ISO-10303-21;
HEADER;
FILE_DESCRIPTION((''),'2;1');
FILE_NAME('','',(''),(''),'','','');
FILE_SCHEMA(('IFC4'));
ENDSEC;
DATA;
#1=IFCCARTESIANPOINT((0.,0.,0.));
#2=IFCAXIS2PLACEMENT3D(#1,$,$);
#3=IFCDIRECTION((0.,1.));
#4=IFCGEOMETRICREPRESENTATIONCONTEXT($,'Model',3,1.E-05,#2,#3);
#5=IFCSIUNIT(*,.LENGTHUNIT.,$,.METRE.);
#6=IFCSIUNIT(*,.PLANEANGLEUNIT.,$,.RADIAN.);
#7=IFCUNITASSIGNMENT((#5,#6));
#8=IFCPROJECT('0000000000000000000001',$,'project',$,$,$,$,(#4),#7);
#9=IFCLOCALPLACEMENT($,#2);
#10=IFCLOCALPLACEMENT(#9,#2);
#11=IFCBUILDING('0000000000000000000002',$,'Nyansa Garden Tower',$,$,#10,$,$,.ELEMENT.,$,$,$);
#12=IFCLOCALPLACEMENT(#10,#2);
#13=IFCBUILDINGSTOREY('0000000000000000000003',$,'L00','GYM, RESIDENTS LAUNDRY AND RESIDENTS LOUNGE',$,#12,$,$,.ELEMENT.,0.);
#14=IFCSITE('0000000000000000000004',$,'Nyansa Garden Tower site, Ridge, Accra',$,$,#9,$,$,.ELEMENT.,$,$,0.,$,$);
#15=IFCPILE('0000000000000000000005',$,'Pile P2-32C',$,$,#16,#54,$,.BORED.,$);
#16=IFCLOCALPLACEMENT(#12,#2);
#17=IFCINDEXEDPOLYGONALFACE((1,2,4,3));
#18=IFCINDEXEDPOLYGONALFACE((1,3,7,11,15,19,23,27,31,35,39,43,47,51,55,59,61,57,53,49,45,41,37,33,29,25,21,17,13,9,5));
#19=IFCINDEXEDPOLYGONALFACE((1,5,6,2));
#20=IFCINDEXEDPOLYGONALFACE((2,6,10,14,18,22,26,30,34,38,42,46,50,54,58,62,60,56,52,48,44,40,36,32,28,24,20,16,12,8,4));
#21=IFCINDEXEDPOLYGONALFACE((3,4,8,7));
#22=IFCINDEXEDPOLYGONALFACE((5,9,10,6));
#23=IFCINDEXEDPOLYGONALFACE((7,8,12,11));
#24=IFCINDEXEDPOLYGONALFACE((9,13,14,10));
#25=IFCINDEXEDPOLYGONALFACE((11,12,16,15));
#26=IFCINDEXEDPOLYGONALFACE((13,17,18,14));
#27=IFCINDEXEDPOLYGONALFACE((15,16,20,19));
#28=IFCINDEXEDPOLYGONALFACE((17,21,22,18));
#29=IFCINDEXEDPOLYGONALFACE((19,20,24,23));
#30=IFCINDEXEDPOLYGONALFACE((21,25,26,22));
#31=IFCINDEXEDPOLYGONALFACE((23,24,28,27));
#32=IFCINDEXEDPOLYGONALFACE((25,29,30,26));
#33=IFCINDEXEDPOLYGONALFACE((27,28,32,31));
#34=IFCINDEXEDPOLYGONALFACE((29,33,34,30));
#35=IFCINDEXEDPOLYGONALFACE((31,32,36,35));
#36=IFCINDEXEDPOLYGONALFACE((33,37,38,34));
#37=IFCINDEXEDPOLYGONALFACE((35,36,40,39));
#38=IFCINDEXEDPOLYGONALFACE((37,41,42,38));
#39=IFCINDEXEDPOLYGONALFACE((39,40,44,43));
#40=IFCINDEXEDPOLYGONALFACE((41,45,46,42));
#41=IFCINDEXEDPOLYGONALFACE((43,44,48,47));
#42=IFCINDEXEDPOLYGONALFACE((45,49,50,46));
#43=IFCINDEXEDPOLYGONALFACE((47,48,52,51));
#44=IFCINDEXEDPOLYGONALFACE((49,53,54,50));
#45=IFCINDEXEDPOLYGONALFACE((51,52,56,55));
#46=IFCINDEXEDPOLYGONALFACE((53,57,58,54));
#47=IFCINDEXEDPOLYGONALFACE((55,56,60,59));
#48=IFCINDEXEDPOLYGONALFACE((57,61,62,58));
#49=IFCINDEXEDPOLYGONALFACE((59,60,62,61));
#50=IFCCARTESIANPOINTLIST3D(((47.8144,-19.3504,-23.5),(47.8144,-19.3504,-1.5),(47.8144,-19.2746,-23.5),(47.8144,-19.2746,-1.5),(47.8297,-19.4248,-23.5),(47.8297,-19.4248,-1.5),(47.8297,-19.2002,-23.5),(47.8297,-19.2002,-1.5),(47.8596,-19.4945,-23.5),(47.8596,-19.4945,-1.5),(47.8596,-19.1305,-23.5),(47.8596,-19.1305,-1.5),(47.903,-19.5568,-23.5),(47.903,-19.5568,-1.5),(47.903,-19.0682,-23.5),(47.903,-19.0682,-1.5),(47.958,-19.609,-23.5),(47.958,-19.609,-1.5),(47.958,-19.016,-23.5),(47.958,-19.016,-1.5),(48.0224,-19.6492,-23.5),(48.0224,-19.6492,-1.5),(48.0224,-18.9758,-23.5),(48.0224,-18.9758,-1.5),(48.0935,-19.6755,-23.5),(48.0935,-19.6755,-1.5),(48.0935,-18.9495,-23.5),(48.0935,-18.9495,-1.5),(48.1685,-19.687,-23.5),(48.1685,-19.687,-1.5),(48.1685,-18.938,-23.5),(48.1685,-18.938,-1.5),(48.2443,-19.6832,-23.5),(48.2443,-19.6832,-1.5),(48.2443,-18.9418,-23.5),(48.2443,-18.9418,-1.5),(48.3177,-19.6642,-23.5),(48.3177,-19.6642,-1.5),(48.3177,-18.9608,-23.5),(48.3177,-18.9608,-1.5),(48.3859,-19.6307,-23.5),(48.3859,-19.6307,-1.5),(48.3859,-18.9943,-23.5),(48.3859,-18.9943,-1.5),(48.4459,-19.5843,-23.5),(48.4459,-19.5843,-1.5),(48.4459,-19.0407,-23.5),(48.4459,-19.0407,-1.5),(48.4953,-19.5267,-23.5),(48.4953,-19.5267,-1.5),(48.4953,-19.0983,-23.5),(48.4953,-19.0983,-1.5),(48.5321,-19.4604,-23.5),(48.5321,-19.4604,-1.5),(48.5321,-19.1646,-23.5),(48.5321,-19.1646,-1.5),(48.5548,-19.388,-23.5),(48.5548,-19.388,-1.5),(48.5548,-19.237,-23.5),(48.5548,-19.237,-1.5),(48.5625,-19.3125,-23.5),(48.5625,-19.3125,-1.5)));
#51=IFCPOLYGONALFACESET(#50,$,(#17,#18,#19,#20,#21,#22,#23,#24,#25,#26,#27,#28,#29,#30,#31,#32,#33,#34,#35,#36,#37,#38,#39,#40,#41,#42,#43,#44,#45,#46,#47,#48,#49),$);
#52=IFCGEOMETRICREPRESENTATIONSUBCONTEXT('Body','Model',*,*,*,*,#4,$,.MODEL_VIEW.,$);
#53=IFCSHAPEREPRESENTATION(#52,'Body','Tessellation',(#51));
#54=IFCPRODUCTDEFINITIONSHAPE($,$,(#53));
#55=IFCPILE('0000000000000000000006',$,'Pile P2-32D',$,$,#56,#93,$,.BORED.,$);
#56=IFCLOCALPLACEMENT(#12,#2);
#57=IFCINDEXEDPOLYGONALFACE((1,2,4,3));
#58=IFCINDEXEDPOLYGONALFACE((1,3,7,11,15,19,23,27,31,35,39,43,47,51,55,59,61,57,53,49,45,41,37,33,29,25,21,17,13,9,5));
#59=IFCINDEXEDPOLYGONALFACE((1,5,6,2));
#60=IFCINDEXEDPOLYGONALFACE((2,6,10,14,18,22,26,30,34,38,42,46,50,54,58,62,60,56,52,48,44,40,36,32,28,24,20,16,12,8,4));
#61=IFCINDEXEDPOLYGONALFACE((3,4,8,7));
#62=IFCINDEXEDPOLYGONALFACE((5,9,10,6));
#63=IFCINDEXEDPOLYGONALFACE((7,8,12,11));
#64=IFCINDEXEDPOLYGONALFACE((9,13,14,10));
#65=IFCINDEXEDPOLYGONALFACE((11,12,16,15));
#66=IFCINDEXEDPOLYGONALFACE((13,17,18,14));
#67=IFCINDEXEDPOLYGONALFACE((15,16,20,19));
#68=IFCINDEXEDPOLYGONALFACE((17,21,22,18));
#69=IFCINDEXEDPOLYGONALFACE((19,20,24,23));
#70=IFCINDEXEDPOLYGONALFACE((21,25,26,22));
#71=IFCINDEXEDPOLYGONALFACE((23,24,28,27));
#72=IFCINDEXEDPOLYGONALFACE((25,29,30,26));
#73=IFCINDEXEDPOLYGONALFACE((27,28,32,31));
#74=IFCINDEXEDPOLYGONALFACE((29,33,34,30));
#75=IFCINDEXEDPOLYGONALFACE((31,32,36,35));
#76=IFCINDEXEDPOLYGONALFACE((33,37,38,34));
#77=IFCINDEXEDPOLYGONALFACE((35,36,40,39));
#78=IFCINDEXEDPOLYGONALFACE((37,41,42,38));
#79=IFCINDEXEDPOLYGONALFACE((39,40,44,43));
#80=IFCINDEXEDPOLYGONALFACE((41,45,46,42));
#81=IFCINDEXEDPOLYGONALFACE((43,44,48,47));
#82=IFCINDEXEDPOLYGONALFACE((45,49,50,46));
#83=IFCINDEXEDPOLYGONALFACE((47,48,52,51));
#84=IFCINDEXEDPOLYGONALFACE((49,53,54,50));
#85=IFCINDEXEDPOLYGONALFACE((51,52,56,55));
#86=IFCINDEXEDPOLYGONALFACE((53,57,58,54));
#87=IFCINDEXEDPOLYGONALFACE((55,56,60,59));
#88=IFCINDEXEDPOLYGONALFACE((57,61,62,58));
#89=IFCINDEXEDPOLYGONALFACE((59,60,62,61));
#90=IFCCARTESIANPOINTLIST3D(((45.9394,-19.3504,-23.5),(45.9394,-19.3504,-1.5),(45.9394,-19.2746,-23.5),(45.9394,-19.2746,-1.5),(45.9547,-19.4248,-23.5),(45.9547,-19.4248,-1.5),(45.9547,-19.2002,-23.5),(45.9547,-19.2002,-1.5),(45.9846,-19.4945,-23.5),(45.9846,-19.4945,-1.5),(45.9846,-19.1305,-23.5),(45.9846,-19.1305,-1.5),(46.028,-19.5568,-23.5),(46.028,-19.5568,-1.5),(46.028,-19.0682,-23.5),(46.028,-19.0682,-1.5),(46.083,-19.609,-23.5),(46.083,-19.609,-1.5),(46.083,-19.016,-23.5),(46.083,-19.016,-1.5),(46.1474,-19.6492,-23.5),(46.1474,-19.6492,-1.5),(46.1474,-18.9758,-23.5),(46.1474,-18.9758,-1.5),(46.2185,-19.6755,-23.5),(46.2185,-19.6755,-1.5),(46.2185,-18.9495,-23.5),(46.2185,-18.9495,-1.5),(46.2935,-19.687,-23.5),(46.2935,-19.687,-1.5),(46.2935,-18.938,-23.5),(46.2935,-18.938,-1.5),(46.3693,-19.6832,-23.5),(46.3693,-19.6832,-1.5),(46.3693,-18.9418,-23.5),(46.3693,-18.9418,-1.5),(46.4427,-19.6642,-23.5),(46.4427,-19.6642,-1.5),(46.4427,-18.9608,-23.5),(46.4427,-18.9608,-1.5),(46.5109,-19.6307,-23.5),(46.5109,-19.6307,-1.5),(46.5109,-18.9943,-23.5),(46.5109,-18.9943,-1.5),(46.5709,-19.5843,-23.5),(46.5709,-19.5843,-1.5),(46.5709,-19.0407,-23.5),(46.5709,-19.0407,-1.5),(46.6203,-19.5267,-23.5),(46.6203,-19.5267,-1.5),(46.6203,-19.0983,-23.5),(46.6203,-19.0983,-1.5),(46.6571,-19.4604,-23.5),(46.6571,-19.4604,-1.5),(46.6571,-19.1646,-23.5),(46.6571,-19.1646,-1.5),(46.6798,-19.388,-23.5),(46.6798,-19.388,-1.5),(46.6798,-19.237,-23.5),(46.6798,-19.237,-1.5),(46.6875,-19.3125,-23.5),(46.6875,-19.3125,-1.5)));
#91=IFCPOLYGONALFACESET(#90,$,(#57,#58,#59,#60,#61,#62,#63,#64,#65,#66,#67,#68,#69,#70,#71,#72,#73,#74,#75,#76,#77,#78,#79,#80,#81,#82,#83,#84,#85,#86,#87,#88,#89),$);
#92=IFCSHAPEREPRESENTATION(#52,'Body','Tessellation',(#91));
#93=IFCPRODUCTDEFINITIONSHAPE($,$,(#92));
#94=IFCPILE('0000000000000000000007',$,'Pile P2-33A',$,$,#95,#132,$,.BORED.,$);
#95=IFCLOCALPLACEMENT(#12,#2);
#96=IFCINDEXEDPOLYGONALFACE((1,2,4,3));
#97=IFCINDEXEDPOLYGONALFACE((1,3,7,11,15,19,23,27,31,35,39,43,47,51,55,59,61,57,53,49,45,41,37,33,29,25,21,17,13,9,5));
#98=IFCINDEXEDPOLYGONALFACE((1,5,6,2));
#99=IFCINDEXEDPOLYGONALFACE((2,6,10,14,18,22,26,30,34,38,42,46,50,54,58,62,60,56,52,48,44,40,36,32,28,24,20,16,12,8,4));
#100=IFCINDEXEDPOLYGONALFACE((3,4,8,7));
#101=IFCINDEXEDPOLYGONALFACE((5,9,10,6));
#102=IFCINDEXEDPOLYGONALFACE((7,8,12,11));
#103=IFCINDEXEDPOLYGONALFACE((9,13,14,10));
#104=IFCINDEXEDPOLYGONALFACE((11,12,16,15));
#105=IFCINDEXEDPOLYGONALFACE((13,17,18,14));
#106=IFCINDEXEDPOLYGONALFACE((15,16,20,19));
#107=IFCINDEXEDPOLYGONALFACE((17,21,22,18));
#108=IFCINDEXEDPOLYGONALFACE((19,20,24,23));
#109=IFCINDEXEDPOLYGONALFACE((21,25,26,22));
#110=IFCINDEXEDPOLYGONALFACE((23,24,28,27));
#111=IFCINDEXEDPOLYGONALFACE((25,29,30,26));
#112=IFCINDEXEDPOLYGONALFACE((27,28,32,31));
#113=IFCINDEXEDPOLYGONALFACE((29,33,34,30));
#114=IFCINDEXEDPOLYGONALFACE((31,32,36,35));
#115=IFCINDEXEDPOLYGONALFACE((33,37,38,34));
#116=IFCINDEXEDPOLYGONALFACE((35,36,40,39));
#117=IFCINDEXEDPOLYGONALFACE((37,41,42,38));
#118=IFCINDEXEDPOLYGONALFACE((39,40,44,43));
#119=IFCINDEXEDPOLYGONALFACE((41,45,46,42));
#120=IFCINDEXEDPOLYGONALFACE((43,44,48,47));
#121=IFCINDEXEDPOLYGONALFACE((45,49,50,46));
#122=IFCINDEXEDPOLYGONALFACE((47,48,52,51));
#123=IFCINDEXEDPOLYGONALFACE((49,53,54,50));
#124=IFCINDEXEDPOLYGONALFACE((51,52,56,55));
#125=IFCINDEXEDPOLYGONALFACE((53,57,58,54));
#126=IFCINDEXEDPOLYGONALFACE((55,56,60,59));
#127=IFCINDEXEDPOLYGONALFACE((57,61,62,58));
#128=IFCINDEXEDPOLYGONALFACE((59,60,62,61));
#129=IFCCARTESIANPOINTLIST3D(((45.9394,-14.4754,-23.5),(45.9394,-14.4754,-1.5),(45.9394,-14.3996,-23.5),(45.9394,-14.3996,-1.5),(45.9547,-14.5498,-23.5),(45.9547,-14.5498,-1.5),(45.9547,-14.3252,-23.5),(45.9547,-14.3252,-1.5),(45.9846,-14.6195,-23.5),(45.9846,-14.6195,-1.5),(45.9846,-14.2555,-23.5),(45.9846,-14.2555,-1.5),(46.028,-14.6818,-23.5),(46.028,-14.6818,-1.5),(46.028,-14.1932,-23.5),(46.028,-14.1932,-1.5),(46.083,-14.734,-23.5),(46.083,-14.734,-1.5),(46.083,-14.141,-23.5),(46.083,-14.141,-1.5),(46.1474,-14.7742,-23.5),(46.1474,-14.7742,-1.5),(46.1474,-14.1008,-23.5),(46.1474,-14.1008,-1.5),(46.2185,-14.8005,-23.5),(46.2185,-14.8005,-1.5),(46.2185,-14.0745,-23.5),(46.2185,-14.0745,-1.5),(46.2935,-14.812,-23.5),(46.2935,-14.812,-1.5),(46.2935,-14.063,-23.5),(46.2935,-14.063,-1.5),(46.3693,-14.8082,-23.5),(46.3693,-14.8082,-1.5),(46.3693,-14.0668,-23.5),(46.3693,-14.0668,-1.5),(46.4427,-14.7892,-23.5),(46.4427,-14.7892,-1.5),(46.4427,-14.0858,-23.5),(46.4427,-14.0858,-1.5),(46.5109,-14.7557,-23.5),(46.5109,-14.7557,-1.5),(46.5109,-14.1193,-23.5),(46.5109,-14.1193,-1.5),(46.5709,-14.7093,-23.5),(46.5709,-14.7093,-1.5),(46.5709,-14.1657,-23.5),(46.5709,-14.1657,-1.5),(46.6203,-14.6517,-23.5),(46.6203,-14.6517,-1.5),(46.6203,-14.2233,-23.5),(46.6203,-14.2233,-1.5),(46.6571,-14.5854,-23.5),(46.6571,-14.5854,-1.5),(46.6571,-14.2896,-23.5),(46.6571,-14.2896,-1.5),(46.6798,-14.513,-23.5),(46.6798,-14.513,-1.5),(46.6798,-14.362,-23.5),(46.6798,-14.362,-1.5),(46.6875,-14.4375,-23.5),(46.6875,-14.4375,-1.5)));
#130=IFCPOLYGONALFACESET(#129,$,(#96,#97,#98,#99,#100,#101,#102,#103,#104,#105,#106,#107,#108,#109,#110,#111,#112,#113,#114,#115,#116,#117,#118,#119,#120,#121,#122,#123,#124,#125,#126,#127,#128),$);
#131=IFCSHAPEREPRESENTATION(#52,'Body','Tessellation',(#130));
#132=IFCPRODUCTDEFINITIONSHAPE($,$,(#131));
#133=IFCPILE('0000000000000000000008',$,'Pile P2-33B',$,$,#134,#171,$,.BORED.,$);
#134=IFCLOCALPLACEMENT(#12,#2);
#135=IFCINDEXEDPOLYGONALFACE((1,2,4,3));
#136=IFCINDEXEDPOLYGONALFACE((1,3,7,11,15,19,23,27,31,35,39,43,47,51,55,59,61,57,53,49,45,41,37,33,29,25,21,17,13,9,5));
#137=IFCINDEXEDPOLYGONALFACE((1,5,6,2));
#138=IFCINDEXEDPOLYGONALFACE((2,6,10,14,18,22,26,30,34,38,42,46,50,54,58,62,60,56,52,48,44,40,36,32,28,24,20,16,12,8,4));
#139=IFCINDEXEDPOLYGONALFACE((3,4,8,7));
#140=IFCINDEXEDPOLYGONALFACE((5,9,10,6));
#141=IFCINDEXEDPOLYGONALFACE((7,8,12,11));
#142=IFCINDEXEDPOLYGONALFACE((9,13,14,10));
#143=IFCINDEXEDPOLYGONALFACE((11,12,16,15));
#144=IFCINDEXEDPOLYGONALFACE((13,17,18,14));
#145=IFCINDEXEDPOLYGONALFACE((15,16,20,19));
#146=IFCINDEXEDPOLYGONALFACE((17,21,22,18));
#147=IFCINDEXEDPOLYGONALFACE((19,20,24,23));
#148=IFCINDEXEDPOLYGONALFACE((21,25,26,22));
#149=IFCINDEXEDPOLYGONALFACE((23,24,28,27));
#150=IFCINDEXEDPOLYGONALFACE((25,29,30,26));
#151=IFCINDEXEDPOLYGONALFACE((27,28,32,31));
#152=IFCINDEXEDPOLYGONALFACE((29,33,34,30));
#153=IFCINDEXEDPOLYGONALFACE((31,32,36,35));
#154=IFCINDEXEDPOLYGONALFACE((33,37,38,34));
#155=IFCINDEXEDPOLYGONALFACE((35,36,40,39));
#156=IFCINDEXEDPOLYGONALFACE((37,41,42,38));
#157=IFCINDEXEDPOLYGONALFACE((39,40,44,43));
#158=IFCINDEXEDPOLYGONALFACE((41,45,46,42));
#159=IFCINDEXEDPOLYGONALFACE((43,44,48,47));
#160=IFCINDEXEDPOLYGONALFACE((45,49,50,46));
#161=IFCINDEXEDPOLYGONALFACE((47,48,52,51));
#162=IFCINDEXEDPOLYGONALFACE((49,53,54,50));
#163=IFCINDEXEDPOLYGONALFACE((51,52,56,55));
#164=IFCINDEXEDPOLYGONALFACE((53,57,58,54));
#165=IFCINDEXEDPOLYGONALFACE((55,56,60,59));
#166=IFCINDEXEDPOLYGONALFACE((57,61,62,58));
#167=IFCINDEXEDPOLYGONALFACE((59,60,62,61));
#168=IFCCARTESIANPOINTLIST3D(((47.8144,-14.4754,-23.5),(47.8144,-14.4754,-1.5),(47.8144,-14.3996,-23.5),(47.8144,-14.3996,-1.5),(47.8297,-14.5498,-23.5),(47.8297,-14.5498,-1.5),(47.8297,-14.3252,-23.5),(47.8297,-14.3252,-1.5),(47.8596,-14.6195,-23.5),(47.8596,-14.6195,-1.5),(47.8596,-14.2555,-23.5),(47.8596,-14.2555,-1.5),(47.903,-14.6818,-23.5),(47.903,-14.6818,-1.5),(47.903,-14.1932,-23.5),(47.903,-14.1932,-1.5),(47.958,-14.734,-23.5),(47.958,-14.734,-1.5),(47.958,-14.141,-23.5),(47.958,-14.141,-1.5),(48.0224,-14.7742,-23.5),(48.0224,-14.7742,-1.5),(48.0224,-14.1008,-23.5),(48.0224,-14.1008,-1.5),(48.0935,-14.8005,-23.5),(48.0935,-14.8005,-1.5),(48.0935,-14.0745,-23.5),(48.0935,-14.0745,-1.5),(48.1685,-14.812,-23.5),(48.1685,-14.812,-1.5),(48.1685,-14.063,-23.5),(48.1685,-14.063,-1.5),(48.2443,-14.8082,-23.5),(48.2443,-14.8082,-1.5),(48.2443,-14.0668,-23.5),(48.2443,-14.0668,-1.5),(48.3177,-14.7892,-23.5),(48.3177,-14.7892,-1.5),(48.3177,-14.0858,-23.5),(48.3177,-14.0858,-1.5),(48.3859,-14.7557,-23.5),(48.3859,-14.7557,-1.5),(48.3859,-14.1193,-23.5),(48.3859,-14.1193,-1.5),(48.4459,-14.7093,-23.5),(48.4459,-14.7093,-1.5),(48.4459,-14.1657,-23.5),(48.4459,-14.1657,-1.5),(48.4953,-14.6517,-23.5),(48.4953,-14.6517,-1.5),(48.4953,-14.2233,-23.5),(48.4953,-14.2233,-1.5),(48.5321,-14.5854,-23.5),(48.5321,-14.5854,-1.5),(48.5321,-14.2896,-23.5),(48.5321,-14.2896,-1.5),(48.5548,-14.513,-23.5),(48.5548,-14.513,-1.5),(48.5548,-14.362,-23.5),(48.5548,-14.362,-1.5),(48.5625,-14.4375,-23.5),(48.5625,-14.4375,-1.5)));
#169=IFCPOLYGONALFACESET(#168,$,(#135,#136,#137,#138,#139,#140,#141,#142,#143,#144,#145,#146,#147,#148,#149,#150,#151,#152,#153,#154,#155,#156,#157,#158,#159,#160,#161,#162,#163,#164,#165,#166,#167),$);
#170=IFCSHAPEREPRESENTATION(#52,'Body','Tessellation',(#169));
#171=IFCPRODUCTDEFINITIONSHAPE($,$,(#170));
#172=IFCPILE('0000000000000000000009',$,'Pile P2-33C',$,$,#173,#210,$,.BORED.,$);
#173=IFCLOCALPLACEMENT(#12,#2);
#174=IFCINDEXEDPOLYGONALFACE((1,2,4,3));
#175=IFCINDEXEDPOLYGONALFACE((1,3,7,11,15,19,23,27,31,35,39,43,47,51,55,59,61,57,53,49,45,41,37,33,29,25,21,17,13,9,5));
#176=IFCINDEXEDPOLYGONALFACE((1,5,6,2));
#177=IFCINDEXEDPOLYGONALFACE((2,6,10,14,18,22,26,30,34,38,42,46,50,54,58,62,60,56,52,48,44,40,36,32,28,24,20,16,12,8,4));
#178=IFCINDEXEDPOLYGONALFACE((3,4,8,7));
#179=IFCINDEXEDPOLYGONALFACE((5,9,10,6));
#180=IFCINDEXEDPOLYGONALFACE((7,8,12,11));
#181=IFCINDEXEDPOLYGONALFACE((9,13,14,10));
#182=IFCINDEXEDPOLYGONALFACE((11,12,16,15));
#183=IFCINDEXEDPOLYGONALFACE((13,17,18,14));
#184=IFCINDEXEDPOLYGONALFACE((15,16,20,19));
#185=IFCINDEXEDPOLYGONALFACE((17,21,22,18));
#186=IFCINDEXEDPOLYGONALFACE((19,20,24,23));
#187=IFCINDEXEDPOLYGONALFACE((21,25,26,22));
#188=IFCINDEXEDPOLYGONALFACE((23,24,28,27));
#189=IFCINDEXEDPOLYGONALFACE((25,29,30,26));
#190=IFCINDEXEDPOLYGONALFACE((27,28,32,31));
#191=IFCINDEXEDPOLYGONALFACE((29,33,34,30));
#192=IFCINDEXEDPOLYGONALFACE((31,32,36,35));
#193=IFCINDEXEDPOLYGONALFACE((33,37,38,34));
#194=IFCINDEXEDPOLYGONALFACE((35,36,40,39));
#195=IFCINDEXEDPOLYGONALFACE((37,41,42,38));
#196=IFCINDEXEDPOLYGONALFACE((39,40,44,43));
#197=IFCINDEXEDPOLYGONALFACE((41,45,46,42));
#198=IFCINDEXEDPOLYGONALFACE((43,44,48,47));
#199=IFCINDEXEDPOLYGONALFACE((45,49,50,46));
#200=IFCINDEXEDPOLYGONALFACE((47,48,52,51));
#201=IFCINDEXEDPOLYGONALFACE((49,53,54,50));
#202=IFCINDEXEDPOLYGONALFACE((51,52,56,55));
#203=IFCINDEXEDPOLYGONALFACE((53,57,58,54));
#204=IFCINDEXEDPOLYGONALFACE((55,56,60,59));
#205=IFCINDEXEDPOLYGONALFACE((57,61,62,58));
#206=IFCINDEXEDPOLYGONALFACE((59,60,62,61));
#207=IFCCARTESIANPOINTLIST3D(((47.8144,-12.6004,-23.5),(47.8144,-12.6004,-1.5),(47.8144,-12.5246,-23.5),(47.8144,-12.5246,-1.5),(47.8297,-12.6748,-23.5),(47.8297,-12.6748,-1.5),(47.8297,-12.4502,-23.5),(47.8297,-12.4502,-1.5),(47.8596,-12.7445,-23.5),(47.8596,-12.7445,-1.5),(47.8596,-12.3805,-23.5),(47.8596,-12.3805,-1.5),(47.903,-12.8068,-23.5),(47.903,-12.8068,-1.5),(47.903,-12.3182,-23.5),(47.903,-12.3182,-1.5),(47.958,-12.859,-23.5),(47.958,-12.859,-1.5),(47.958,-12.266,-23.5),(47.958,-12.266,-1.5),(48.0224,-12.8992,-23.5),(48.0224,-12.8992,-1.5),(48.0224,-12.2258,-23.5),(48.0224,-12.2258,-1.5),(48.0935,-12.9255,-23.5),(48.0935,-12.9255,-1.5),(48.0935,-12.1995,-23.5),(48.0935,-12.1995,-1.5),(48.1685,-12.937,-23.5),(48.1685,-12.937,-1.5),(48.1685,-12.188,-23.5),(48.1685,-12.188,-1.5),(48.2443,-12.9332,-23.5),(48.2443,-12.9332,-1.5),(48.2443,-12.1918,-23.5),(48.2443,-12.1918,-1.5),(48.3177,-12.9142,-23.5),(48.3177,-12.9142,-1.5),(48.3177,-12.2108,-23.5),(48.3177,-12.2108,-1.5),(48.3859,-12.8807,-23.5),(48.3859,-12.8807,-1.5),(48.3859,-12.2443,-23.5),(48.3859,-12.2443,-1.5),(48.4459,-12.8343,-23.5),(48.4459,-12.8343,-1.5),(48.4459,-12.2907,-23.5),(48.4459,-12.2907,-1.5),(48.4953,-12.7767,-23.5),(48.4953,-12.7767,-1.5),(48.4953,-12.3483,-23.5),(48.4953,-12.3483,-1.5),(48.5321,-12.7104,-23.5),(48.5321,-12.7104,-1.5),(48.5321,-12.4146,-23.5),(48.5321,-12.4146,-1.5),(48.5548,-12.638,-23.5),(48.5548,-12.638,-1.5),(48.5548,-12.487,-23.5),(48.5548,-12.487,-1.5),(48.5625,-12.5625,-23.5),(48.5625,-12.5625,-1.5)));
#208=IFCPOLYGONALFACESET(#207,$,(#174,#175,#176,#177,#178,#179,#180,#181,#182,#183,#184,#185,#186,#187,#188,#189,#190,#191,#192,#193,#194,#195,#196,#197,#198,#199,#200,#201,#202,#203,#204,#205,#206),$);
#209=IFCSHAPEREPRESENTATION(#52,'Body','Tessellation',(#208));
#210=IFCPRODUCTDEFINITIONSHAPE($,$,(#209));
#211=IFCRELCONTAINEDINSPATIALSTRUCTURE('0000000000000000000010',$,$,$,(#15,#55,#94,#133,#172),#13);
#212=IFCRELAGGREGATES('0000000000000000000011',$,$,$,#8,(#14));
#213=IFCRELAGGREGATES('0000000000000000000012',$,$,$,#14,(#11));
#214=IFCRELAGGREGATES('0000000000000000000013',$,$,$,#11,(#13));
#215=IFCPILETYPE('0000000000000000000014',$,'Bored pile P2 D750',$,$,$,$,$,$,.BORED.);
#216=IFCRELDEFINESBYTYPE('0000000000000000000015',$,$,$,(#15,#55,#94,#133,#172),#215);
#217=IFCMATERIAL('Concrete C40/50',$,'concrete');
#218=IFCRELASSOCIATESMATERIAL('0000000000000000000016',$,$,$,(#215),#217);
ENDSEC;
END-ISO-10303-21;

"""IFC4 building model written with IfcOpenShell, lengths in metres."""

from ifc_helpers import new_model, si_unit, direction, frame, origin, origin_2d, place, context, subcontext, project, spatial, circle, extrude, material, type_object, element, save


model = new_model("IFC4")

# Units and contexts
model_context = context("Model", 3, precision=1e-05, world=origin(), true_north=direction((0.0, 1.0)))
body_context = subcontext(model_context, "Body", "Model", "MODEL_VIEW")
ifc_project = project(units=[si_unit("LENGTHUNIT", "METRE"), si_unit("PLANEANGLEUNIT", "RADIAN")], contexts=[model_context])

# Site, building, storey
site_placement = place(None, origin())
site = spatial("IfcSite", under=ifc_project, at=site_placement, Name="Nyansa Garden Tower site, Ridge, Accra", CompositionType="ELEMENT", RefElevation=0.0)
building_placement = place(site_placement, origin())
building = spatial("IfcBuilding", under=site, at=building_placement, Name="Nyansa Garden Tower", CompositionType="ELEMENT")
storey_placement = place(building_placement, origin())
storey = spatial("IfcBuildingStorey", under=building, at=storey_placement, Name="L00", Description="GYM, RESIDENTS LAUNDRY AND RESIDENTS LOUNGE", CompositionType="ELEMENT", Elevation=0.0)

# Piles
ifc_material_1 = material(Name="Concrete C40/50", Category="concrete")
pile_type = type_object("IfcPileType", Name="Bored pile P2 D750", PredefinedType="BORED", material=ifc_material_1)
for number, where, z_axis, x_axis, name in (
    (1, (48.1875, -19.3125, -1.5), (0.0, 0.0, -1.0), (1.0, 0.0, 0.0), "Pile P2-32C"),
    (2, (46.3125, -19.3125, -1.5), (0.0, 0.0, -1.0), (1.0, 0.0, 0.0), "Pile P2-32D"),
    (3, (46.3125, -14.4375, -1.5), (0.0, 0.0, -1.0), (1.0, 0.0, 0.0), "Pile P2-33A"),
    (4, (48.1875, -14.4375, -1.5), (0.0, 0.0, -1.0), (1.0, 0.0, 0.0), "Pile P2-33B"),
    (5, (48.1875, -12.5625, -1.5), (0.0, 0.0, -1.0), (1.0, 0.0, 0.0), "Pile P2-33C"),
):
    element("IfcPile", number, at=place(storey_placement, frame(where, z_axis=z_axis, x_axis=x_axis)), inside=storey, type_object=pile_type, Name=name, PredefinedType="BORED", context=body_context, shape_type="SweptSolid", body=[
        extrude(circle(Radius=0.375, at=origin_2d()), origin(), (0.0, 0.0, 1.0), 22.0),
    ])

save(model, "model.ifc")
